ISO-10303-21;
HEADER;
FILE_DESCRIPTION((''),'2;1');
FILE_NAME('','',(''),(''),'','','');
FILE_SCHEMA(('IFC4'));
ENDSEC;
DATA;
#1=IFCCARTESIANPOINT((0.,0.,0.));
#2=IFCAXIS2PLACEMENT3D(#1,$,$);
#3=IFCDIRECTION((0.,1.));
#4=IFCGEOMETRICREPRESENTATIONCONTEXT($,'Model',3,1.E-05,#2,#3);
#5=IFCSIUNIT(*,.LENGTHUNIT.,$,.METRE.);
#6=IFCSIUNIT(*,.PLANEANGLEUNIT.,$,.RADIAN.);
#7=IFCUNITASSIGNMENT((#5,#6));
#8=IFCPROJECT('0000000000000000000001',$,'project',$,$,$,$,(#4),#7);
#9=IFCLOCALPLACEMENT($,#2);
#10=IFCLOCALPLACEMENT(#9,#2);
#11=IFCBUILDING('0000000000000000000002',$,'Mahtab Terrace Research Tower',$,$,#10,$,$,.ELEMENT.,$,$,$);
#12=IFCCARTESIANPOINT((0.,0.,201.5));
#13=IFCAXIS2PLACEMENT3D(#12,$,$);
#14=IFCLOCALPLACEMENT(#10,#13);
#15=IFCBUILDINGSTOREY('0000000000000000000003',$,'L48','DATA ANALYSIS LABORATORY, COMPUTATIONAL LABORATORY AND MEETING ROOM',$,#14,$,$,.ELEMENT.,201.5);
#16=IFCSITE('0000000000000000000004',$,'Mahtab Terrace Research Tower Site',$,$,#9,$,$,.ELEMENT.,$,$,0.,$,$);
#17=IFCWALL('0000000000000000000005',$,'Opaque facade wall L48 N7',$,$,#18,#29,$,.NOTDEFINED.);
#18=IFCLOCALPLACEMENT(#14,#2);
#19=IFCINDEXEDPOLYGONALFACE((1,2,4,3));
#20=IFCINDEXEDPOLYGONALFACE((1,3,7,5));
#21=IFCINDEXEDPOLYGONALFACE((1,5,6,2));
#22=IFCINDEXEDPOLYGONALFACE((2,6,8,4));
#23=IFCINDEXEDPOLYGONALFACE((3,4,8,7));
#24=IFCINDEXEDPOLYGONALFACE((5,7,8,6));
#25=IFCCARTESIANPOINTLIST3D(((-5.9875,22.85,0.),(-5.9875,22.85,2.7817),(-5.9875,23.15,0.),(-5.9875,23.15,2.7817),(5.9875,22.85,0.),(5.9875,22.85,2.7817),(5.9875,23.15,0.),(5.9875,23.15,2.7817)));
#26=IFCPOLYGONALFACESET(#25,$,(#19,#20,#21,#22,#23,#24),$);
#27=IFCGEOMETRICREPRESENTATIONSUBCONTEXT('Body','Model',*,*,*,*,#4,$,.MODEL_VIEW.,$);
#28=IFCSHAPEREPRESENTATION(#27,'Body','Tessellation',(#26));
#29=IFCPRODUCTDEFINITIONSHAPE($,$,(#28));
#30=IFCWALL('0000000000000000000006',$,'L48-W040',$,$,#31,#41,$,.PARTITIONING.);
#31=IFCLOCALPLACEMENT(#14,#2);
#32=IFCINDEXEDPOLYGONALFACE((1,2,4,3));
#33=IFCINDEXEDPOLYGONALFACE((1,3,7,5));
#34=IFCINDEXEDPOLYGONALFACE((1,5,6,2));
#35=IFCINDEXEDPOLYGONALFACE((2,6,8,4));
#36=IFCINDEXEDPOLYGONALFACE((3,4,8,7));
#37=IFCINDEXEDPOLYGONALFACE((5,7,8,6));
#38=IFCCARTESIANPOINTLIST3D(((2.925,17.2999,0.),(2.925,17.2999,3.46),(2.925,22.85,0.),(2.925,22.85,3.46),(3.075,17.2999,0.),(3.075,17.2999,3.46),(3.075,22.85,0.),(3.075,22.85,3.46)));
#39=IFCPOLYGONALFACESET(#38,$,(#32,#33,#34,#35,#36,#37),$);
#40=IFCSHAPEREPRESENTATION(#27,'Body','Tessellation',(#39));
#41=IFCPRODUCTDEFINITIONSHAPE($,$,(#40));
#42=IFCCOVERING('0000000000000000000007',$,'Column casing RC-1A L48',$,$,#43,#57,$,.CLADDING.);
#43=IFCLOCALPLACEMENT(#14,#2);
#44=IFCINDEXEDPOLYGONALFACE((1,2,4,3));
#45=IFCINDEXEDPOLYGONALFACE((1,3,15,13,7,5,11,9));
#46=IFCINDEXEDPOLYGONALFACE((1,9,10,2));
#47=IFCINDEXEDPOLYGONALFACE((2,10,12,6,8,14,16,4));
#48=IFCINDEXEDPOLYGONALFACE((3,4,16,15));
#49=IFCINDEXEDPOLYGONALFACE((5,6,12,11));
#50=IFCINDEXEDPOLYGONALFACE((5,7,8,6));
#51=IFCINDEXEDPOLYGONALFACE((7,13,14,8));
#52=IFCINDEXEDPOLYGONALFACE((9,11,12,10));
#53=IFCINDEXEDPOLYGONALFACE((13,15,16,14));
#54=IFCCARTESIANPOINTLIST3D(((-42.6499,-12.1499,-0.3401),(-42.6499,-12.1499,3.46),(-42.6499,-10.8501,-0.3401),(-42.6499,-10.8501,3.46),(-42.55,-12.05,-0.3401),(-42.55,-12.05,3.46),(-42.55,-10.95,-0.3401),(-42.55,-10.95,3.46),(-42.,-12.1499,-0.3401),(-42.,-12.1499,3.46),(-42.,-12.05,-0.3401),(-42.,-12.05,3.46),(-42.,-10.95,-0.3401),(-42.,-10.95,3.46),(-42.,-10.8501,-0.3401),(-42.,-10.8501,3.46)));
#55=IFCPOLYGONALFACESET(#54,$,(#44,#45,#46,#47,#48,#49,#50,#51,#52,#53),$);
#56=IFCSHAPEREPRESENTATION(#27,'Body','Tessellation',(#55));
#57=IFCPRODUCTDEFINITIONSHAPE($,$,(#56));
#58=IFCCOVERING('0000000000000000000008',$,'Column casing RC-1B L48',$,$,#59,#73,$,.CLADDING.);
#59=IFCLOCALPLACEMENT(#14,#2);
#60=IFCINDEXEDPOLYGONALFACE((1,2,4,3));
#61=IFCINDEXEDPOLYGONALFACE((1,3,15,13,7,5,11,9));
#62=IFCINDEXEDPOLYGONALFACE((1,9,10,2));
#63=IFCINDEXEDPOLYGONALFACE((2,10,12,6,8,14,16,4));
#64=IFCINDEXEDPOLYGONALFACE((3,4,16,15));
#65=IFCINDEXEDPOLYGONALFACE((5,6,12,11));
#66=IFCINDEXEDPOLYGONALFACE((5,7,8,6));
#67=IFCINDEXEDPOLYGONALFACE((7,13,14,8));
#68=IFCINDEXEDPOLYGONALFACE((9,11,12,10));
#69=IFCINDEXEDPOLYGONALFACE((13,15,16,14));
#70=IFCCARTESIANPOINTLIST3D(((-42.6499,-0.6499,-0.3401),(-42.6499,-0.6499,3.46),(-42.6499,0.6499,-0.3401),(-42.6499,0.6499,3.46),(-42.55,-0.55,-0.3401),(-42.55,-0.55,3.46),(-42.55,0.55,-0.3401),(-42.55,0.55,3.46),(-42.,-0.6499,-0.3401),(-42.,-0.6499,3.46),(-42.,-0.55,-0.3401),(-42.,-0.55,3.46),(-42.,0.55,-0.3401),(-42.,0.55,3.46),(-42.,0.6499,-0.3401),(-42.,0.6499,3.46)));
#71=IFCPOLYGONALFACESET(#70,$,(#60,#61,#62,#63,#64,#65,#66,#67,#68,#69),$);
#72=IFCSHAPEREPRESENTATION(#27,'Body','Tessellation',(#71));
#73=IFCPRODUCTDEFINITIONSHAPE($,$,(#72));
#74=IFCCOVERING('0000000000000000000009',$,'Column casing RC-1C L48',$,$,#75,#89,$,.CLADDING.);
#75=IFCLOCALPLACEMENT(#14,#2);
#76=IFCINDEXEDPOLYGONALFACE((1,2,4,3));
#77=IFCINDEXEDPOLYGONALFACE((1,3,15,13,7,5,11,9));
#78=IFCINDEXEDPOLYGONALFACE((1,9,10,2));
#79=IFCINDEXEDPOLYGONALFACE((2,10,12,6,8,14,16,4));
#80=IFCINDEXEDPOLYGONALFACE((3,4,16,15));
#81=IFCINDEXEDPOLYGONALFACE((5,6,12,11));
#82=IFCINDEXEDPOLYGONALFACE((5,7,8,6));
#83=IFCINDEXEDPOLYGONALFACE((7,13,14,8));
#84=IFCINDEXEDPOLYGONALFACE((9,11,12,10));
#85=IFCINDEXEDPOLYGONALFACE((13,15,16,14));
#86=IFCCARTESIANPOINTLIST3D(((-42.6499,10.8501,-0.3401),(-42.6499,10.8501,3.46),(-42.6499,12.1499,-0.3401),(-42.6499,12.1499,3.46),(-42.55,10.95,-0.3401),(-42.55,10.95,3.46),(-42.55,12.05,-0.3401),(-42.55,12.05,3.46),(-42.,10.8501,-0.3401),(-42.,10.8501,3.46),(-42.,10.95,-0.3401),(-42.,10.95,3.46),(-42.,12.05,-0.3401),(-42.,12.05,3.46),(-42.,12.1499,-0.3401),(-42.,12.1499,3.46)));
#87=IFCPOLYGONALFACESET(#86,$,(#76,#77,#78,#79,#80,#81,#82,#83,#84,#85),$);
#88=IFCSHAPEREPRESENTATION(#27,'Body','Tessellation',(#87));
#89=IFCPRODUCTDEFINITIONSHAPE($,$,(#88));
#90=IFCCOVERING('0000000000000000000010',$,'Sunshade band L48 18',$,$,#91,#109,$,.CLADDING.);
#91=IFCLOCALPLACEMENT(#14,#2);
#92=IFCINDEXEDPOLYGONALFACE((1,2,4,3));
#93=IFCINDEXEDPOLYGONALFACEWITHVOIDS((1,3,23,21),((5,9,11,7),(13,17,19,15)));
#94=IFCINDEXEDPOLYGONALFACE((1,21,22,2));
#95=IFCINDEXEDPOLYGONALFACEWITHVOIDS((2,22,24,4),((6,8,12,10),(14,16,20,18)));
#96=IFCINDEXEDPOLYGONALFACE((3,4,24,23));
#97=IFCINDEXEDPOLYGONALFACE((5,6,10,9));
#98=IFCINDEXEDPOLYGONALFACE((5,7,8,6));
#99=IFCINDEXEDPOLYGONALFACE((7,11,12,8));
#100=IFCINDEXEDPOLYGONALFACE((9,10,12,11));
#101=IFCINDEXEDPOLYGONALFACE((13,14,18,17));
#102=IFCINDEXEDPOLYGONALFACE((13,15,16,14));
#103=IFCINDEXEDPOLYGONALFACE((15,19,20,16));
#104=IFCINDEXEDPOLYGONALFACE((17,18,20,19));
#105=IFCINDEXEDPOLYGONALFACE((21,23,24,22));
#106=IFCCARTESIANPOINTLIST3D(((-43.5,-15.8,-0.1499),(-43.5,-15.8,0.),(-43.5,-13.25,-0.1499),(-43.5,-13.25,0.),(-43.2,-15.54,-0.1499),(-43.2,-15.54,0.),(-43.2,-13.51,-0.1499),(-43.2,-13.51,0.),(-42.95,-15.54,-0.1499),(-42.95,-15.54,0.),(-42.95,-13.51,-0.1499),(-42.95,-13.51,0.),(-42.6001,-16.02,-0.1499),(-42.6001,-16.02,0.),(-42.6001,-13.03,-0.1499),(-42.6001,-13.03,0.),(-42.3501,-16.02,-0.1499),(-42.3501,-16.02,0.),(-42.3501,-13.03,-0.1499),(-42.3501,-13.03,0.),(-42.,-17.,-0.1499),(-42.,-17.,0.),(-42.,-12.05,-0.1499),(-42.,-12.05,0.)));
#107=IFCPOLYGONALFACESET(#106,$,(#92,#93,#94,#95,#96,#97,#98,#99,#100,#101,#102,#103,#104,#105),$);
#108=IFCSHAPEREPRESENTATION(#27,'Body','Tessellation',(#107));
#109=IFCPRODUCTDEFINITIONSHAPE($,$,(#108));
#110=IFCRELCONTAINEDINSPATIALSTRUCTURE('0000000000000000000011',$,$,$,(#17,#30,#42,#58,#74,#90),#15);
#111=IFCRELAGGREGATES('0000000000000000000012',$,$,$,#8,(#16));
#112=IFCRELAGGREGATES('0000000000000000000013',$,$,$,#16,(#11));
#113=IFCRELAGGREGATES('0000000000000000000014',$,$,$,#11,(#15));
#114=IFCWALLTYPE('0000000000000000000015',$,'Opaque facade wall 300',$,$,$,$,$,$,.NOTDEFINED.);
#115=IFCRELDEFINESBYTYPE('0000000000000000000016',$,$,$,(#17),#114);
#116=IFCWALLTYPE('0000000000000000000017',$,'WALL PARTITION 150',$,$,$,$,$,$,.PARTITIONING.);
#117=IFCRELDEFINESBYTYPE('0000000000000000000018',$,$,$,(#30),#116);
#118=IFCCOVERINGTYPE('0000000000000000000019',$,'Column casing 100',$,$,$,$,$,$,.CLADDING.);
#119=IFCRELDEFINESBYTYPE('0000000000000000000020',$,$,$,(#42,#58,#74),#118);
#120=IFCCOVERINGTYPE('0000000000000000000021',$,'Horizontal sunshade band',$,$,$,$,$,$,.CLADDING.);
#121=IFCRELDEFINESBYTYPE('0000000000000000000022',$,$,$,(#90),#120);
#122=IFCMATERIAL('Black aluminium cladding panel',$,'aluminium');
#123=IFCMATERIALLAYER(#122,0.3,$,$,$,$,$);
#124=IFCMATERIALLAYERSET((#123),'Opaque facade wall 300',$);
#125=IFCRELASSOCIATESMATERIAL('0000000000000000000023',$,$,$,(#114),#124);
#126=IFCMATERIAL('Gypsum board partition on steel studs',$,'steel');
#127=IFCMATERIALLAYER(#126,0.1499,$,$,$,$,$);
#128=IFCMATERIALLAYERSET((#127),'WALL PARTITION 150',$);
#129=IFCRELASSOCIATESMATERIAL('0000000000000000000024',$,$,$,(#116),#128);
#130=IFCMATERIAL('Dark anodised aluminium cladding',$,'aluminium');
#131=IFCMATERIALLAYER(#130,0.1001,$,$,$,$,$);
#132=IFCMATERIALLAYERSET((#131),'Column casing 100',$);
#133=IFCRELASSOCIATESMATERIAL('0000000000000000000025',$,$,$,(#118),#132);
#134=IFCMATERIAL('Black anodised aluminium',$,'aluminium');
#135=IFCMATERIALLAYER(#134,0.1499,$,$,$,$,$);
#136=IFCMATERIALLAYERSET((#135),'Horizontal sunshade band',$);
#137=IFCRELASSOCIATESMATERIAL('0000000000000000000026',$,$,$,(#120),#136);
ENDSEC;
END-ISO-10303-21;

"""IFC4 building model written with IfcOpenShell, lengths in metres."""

from ifc_helpers import new_model, si_unit, direction, frame, frame_2d, origin, place, context, subcontext, project, spatial, polyline, rectangle, outline, extrude, material, layer, layer_set, type_object, element, save


model = new_model("IFC4")

# Units and contexts
model_context = context("Model", 3, precision=1e-05, world=origin(), true_north=direction((0.0, 1.0)))
body_context = subcontext(model_context, "Body", "Model", "MODEL_VIEW")
ifc_project = project(units=[si_unit("LENGTHUNIT", "METRE"), si_unit("PLANEANGLEUNIT", "RADIAN")], contexts=[model_context])

# Site, building, storey
site_placement = place(None, origin())
site = spatial("IfcSite", under=ifc_project, at=site_placement, Name="Mahtab Terrace Research Tower Site", CompositionType="ELEMENT", RefElevation=0.0)
building_placement = place(site_placement, origin())
building = spatial("IfcBuilding", under=site, at=building_placement, Name="Mahtab Terrace Research Tower", CompositionType="ELEMENT")
storey_placement = place(building_placement, frame((0.0, 0.0, 201.5)))
storey = spatial("IfcBuildingStorey", under=building, at=storey_placement, Name="L48", Description="DATA ANALYSIS LABORATORY, COMPUTATIONAL LABORATORY AND MEETING ROOM", CompositionType="ELEMENT", Elevation=201.5)

# Walls
ifc_material_1 = material(Name="Black aluminium cladding panel", Category="aluminium")
ifc_layer_1 = layer(ifc_material_1, 0.3)
ifc_layer_set_1 = layer_set([ifc_layer_1], Name="Opaque facade wall 300")
wall_type_1 = type_object("IfcWallType", Name="Opaque facade wall 300", PredefinedType="NOTDEFINED", material=ifc_layer_set_1)
wall_1_placement = place(storey_placement, frame((5.9875, 23.0, 0.0), z_axis=(0.0, 0.0, 1.0), x_axis=(-1.0, 0.0, 0.0)))
element("IfcWall", 1, at=wall_1_placement, inside=storey, type_object=wall_type_1, Name="Opaque facade wall L48 N7", PredefinedType="NOTDEFINED", context=body_context, shape_type="SweptSolid", body=[
    extrude(rectangle(XDim=11.9751, YDim=0.3, at=frame_2d((5.9875, 0.0))), origin(), (0.0, 0.0, 1.0), 2.7817),
])
ifc_material_2 = material(Name="Gypsum board partition on steel studs", Category="steel")
ifc_layer_2 = layer(ifc_material_2, 0.1499)
ifc_layer_set_2 = layer_set([ifc_layer_2], Name="WALL PARTITION 150")
wall_type_2 = type_object("IfcWallType", Name="WALL PARTITION 150", PredefinedType="PARTITIONING", material=ifc_layer_set_2)
wall_2_placement = place(storey_placement, frame((3.0, 17.3, 0.0), z_axis=(0.0, 0.0, 1.0), x_axis=(0.0, 1.0, 0.0)))
element("IfcWall", 2, at=wall_2_placement, inside=storey, type_object=wall_type_2, Name="L48-W040", PredefinedType="PARTITIONING", context=body_context, shape_type="SweptSolid", body=[
    extrude(rectangle(XDim=5.55, YDim=0.1499, at=frame_2d((2.7749, 0.0))), origin(), (0.0, 0.0, 1.0), 3.46),
])

# Coverings
ifc_material_3 = material(Name="Dark anodised aluminium cladding", Category="aluminium")
ifc_layer_3 = layer(ifc_material_3, 0.1001)
ifc_layer_set_3 = layer_set([ifc_layer_3], Name="Column casing 100")
covering_type_1 = type_object("IfcCoveringType", Name="Column casing 100", PredefinedType="CLADDING", material=ifc_layer_set_3)
covering_1_placement = place(storey_placement, frame((0.0, 0.0, -0.3401)))
element("IfcCovering", 3, at=covering_1_placement, inside=storey, type_object=covering_type_1, Name="Column casing RC-1A L48", PredefinedType="CLADDING", context=body_context, shape_type="SweptSolid", body=[
    extrude(outline(polyline([(-42.6499, -10.8501), (-42.0, -10.8501), (-42.0, -10.95), (-42.55, -10.95), (-42.55, -12.05), (-42.0, -12.05), (-42.0, -12.1499), (-42.6499, -12.1499), (-42.6499, -10.8501)])), origin(), (0.0, 0.0, 1.0), 3.8),
])
covering_2_placement = place(storey_placement, frame((0.0, 0.0, -0.3401)))
element("IfcCovering", 4, at=covering_2_placement, inside=storey, type_object=covering_type_1, Name="Column casing RC-1B L48", PredefinedType="CLADDING", context=body_context, shape_type="SweptSolid", body=[
    extrude(outline(polyline([(-42.6499, 0.6499), (-42.0, 0.6499), (-42.0, 0.55), (-42.55, 0.55), (-42.55, -0.55), (-42.0, -0.55), (-42.0, -0.6499), (-42.6499, -0.6499), (-42.6499, 0.6499)])), origin(), (0.0, 0.0, 1.0), 3.8),
])
covering_3_placement = place(storey_placement, frame((0.0, 0.0, -0.3401)))
element("IfcCovering", 5, at=covering_3_placement, inside=storey, type_object=covering_type_1, Name="Column casing RC-1C L48", PredefinedType="CLADDING", context=body_context, shape_type="SweptSolid", body=[
    extrude(outline(polyline([(-42.6499, 12.1499), (-42.0, 12.1499), (-42.0, 12.05), (-42.55, 12.05), (-42.55, 10.95), (-42.0, 10.95), (-42.0, 10.8501), (-42.6499, 10.8501), (-42.6499, 12.1499)])), origin(), (0.0, 0.0, 1.0), 3.8),
])
ifc_material_4 = material(Name="Black anodised aluminium", Category="aluminium")
ifc_layer_4 = layer(ifc_material_4, 0.1499)
ifc_layer_set_4 = layer_set([ifc_layer_4], Name="Horizontal sunshade band")
covering_type_2 = type_object("IfcCoveringType", Name="Horizontal sunshade band", PredefinedType="CLADDING", material=ifc_layer_set_4)
covering_4_placement = place(storey_placement, frame((0.0, 0.0, -0.1499)))
element("IfcCovering", 6, at=covering_4_placement, inside=storey, type_object=covering_type_2, Name="Sunshade band L48 18", PredefinedType="CLADDING", context=body_context, shape_type="SweptSolid", body=[
    extrude(outline(polyline([(-42.0, -12.05), (-42.0, -17.0), (-43.5, -15.8), (-43.5, -13.25), (-42.0, -12.05)]), holes=[polyline([(-42.3501, -13.03), (-42.3501, -16.02), (-42.6001, -16.02), (-42.6001, -13.03), (-42.3501, -13.03)]), polyline([(-42.95, -13.51), (-42.95, -15.54), (-43.2, -15.54), (-43.2, -13.51), (-42.95, -13.51)])]), origin(), (0.0, 0.0, 1.0), 0.1499),
])

save(model, "model.ifc")
